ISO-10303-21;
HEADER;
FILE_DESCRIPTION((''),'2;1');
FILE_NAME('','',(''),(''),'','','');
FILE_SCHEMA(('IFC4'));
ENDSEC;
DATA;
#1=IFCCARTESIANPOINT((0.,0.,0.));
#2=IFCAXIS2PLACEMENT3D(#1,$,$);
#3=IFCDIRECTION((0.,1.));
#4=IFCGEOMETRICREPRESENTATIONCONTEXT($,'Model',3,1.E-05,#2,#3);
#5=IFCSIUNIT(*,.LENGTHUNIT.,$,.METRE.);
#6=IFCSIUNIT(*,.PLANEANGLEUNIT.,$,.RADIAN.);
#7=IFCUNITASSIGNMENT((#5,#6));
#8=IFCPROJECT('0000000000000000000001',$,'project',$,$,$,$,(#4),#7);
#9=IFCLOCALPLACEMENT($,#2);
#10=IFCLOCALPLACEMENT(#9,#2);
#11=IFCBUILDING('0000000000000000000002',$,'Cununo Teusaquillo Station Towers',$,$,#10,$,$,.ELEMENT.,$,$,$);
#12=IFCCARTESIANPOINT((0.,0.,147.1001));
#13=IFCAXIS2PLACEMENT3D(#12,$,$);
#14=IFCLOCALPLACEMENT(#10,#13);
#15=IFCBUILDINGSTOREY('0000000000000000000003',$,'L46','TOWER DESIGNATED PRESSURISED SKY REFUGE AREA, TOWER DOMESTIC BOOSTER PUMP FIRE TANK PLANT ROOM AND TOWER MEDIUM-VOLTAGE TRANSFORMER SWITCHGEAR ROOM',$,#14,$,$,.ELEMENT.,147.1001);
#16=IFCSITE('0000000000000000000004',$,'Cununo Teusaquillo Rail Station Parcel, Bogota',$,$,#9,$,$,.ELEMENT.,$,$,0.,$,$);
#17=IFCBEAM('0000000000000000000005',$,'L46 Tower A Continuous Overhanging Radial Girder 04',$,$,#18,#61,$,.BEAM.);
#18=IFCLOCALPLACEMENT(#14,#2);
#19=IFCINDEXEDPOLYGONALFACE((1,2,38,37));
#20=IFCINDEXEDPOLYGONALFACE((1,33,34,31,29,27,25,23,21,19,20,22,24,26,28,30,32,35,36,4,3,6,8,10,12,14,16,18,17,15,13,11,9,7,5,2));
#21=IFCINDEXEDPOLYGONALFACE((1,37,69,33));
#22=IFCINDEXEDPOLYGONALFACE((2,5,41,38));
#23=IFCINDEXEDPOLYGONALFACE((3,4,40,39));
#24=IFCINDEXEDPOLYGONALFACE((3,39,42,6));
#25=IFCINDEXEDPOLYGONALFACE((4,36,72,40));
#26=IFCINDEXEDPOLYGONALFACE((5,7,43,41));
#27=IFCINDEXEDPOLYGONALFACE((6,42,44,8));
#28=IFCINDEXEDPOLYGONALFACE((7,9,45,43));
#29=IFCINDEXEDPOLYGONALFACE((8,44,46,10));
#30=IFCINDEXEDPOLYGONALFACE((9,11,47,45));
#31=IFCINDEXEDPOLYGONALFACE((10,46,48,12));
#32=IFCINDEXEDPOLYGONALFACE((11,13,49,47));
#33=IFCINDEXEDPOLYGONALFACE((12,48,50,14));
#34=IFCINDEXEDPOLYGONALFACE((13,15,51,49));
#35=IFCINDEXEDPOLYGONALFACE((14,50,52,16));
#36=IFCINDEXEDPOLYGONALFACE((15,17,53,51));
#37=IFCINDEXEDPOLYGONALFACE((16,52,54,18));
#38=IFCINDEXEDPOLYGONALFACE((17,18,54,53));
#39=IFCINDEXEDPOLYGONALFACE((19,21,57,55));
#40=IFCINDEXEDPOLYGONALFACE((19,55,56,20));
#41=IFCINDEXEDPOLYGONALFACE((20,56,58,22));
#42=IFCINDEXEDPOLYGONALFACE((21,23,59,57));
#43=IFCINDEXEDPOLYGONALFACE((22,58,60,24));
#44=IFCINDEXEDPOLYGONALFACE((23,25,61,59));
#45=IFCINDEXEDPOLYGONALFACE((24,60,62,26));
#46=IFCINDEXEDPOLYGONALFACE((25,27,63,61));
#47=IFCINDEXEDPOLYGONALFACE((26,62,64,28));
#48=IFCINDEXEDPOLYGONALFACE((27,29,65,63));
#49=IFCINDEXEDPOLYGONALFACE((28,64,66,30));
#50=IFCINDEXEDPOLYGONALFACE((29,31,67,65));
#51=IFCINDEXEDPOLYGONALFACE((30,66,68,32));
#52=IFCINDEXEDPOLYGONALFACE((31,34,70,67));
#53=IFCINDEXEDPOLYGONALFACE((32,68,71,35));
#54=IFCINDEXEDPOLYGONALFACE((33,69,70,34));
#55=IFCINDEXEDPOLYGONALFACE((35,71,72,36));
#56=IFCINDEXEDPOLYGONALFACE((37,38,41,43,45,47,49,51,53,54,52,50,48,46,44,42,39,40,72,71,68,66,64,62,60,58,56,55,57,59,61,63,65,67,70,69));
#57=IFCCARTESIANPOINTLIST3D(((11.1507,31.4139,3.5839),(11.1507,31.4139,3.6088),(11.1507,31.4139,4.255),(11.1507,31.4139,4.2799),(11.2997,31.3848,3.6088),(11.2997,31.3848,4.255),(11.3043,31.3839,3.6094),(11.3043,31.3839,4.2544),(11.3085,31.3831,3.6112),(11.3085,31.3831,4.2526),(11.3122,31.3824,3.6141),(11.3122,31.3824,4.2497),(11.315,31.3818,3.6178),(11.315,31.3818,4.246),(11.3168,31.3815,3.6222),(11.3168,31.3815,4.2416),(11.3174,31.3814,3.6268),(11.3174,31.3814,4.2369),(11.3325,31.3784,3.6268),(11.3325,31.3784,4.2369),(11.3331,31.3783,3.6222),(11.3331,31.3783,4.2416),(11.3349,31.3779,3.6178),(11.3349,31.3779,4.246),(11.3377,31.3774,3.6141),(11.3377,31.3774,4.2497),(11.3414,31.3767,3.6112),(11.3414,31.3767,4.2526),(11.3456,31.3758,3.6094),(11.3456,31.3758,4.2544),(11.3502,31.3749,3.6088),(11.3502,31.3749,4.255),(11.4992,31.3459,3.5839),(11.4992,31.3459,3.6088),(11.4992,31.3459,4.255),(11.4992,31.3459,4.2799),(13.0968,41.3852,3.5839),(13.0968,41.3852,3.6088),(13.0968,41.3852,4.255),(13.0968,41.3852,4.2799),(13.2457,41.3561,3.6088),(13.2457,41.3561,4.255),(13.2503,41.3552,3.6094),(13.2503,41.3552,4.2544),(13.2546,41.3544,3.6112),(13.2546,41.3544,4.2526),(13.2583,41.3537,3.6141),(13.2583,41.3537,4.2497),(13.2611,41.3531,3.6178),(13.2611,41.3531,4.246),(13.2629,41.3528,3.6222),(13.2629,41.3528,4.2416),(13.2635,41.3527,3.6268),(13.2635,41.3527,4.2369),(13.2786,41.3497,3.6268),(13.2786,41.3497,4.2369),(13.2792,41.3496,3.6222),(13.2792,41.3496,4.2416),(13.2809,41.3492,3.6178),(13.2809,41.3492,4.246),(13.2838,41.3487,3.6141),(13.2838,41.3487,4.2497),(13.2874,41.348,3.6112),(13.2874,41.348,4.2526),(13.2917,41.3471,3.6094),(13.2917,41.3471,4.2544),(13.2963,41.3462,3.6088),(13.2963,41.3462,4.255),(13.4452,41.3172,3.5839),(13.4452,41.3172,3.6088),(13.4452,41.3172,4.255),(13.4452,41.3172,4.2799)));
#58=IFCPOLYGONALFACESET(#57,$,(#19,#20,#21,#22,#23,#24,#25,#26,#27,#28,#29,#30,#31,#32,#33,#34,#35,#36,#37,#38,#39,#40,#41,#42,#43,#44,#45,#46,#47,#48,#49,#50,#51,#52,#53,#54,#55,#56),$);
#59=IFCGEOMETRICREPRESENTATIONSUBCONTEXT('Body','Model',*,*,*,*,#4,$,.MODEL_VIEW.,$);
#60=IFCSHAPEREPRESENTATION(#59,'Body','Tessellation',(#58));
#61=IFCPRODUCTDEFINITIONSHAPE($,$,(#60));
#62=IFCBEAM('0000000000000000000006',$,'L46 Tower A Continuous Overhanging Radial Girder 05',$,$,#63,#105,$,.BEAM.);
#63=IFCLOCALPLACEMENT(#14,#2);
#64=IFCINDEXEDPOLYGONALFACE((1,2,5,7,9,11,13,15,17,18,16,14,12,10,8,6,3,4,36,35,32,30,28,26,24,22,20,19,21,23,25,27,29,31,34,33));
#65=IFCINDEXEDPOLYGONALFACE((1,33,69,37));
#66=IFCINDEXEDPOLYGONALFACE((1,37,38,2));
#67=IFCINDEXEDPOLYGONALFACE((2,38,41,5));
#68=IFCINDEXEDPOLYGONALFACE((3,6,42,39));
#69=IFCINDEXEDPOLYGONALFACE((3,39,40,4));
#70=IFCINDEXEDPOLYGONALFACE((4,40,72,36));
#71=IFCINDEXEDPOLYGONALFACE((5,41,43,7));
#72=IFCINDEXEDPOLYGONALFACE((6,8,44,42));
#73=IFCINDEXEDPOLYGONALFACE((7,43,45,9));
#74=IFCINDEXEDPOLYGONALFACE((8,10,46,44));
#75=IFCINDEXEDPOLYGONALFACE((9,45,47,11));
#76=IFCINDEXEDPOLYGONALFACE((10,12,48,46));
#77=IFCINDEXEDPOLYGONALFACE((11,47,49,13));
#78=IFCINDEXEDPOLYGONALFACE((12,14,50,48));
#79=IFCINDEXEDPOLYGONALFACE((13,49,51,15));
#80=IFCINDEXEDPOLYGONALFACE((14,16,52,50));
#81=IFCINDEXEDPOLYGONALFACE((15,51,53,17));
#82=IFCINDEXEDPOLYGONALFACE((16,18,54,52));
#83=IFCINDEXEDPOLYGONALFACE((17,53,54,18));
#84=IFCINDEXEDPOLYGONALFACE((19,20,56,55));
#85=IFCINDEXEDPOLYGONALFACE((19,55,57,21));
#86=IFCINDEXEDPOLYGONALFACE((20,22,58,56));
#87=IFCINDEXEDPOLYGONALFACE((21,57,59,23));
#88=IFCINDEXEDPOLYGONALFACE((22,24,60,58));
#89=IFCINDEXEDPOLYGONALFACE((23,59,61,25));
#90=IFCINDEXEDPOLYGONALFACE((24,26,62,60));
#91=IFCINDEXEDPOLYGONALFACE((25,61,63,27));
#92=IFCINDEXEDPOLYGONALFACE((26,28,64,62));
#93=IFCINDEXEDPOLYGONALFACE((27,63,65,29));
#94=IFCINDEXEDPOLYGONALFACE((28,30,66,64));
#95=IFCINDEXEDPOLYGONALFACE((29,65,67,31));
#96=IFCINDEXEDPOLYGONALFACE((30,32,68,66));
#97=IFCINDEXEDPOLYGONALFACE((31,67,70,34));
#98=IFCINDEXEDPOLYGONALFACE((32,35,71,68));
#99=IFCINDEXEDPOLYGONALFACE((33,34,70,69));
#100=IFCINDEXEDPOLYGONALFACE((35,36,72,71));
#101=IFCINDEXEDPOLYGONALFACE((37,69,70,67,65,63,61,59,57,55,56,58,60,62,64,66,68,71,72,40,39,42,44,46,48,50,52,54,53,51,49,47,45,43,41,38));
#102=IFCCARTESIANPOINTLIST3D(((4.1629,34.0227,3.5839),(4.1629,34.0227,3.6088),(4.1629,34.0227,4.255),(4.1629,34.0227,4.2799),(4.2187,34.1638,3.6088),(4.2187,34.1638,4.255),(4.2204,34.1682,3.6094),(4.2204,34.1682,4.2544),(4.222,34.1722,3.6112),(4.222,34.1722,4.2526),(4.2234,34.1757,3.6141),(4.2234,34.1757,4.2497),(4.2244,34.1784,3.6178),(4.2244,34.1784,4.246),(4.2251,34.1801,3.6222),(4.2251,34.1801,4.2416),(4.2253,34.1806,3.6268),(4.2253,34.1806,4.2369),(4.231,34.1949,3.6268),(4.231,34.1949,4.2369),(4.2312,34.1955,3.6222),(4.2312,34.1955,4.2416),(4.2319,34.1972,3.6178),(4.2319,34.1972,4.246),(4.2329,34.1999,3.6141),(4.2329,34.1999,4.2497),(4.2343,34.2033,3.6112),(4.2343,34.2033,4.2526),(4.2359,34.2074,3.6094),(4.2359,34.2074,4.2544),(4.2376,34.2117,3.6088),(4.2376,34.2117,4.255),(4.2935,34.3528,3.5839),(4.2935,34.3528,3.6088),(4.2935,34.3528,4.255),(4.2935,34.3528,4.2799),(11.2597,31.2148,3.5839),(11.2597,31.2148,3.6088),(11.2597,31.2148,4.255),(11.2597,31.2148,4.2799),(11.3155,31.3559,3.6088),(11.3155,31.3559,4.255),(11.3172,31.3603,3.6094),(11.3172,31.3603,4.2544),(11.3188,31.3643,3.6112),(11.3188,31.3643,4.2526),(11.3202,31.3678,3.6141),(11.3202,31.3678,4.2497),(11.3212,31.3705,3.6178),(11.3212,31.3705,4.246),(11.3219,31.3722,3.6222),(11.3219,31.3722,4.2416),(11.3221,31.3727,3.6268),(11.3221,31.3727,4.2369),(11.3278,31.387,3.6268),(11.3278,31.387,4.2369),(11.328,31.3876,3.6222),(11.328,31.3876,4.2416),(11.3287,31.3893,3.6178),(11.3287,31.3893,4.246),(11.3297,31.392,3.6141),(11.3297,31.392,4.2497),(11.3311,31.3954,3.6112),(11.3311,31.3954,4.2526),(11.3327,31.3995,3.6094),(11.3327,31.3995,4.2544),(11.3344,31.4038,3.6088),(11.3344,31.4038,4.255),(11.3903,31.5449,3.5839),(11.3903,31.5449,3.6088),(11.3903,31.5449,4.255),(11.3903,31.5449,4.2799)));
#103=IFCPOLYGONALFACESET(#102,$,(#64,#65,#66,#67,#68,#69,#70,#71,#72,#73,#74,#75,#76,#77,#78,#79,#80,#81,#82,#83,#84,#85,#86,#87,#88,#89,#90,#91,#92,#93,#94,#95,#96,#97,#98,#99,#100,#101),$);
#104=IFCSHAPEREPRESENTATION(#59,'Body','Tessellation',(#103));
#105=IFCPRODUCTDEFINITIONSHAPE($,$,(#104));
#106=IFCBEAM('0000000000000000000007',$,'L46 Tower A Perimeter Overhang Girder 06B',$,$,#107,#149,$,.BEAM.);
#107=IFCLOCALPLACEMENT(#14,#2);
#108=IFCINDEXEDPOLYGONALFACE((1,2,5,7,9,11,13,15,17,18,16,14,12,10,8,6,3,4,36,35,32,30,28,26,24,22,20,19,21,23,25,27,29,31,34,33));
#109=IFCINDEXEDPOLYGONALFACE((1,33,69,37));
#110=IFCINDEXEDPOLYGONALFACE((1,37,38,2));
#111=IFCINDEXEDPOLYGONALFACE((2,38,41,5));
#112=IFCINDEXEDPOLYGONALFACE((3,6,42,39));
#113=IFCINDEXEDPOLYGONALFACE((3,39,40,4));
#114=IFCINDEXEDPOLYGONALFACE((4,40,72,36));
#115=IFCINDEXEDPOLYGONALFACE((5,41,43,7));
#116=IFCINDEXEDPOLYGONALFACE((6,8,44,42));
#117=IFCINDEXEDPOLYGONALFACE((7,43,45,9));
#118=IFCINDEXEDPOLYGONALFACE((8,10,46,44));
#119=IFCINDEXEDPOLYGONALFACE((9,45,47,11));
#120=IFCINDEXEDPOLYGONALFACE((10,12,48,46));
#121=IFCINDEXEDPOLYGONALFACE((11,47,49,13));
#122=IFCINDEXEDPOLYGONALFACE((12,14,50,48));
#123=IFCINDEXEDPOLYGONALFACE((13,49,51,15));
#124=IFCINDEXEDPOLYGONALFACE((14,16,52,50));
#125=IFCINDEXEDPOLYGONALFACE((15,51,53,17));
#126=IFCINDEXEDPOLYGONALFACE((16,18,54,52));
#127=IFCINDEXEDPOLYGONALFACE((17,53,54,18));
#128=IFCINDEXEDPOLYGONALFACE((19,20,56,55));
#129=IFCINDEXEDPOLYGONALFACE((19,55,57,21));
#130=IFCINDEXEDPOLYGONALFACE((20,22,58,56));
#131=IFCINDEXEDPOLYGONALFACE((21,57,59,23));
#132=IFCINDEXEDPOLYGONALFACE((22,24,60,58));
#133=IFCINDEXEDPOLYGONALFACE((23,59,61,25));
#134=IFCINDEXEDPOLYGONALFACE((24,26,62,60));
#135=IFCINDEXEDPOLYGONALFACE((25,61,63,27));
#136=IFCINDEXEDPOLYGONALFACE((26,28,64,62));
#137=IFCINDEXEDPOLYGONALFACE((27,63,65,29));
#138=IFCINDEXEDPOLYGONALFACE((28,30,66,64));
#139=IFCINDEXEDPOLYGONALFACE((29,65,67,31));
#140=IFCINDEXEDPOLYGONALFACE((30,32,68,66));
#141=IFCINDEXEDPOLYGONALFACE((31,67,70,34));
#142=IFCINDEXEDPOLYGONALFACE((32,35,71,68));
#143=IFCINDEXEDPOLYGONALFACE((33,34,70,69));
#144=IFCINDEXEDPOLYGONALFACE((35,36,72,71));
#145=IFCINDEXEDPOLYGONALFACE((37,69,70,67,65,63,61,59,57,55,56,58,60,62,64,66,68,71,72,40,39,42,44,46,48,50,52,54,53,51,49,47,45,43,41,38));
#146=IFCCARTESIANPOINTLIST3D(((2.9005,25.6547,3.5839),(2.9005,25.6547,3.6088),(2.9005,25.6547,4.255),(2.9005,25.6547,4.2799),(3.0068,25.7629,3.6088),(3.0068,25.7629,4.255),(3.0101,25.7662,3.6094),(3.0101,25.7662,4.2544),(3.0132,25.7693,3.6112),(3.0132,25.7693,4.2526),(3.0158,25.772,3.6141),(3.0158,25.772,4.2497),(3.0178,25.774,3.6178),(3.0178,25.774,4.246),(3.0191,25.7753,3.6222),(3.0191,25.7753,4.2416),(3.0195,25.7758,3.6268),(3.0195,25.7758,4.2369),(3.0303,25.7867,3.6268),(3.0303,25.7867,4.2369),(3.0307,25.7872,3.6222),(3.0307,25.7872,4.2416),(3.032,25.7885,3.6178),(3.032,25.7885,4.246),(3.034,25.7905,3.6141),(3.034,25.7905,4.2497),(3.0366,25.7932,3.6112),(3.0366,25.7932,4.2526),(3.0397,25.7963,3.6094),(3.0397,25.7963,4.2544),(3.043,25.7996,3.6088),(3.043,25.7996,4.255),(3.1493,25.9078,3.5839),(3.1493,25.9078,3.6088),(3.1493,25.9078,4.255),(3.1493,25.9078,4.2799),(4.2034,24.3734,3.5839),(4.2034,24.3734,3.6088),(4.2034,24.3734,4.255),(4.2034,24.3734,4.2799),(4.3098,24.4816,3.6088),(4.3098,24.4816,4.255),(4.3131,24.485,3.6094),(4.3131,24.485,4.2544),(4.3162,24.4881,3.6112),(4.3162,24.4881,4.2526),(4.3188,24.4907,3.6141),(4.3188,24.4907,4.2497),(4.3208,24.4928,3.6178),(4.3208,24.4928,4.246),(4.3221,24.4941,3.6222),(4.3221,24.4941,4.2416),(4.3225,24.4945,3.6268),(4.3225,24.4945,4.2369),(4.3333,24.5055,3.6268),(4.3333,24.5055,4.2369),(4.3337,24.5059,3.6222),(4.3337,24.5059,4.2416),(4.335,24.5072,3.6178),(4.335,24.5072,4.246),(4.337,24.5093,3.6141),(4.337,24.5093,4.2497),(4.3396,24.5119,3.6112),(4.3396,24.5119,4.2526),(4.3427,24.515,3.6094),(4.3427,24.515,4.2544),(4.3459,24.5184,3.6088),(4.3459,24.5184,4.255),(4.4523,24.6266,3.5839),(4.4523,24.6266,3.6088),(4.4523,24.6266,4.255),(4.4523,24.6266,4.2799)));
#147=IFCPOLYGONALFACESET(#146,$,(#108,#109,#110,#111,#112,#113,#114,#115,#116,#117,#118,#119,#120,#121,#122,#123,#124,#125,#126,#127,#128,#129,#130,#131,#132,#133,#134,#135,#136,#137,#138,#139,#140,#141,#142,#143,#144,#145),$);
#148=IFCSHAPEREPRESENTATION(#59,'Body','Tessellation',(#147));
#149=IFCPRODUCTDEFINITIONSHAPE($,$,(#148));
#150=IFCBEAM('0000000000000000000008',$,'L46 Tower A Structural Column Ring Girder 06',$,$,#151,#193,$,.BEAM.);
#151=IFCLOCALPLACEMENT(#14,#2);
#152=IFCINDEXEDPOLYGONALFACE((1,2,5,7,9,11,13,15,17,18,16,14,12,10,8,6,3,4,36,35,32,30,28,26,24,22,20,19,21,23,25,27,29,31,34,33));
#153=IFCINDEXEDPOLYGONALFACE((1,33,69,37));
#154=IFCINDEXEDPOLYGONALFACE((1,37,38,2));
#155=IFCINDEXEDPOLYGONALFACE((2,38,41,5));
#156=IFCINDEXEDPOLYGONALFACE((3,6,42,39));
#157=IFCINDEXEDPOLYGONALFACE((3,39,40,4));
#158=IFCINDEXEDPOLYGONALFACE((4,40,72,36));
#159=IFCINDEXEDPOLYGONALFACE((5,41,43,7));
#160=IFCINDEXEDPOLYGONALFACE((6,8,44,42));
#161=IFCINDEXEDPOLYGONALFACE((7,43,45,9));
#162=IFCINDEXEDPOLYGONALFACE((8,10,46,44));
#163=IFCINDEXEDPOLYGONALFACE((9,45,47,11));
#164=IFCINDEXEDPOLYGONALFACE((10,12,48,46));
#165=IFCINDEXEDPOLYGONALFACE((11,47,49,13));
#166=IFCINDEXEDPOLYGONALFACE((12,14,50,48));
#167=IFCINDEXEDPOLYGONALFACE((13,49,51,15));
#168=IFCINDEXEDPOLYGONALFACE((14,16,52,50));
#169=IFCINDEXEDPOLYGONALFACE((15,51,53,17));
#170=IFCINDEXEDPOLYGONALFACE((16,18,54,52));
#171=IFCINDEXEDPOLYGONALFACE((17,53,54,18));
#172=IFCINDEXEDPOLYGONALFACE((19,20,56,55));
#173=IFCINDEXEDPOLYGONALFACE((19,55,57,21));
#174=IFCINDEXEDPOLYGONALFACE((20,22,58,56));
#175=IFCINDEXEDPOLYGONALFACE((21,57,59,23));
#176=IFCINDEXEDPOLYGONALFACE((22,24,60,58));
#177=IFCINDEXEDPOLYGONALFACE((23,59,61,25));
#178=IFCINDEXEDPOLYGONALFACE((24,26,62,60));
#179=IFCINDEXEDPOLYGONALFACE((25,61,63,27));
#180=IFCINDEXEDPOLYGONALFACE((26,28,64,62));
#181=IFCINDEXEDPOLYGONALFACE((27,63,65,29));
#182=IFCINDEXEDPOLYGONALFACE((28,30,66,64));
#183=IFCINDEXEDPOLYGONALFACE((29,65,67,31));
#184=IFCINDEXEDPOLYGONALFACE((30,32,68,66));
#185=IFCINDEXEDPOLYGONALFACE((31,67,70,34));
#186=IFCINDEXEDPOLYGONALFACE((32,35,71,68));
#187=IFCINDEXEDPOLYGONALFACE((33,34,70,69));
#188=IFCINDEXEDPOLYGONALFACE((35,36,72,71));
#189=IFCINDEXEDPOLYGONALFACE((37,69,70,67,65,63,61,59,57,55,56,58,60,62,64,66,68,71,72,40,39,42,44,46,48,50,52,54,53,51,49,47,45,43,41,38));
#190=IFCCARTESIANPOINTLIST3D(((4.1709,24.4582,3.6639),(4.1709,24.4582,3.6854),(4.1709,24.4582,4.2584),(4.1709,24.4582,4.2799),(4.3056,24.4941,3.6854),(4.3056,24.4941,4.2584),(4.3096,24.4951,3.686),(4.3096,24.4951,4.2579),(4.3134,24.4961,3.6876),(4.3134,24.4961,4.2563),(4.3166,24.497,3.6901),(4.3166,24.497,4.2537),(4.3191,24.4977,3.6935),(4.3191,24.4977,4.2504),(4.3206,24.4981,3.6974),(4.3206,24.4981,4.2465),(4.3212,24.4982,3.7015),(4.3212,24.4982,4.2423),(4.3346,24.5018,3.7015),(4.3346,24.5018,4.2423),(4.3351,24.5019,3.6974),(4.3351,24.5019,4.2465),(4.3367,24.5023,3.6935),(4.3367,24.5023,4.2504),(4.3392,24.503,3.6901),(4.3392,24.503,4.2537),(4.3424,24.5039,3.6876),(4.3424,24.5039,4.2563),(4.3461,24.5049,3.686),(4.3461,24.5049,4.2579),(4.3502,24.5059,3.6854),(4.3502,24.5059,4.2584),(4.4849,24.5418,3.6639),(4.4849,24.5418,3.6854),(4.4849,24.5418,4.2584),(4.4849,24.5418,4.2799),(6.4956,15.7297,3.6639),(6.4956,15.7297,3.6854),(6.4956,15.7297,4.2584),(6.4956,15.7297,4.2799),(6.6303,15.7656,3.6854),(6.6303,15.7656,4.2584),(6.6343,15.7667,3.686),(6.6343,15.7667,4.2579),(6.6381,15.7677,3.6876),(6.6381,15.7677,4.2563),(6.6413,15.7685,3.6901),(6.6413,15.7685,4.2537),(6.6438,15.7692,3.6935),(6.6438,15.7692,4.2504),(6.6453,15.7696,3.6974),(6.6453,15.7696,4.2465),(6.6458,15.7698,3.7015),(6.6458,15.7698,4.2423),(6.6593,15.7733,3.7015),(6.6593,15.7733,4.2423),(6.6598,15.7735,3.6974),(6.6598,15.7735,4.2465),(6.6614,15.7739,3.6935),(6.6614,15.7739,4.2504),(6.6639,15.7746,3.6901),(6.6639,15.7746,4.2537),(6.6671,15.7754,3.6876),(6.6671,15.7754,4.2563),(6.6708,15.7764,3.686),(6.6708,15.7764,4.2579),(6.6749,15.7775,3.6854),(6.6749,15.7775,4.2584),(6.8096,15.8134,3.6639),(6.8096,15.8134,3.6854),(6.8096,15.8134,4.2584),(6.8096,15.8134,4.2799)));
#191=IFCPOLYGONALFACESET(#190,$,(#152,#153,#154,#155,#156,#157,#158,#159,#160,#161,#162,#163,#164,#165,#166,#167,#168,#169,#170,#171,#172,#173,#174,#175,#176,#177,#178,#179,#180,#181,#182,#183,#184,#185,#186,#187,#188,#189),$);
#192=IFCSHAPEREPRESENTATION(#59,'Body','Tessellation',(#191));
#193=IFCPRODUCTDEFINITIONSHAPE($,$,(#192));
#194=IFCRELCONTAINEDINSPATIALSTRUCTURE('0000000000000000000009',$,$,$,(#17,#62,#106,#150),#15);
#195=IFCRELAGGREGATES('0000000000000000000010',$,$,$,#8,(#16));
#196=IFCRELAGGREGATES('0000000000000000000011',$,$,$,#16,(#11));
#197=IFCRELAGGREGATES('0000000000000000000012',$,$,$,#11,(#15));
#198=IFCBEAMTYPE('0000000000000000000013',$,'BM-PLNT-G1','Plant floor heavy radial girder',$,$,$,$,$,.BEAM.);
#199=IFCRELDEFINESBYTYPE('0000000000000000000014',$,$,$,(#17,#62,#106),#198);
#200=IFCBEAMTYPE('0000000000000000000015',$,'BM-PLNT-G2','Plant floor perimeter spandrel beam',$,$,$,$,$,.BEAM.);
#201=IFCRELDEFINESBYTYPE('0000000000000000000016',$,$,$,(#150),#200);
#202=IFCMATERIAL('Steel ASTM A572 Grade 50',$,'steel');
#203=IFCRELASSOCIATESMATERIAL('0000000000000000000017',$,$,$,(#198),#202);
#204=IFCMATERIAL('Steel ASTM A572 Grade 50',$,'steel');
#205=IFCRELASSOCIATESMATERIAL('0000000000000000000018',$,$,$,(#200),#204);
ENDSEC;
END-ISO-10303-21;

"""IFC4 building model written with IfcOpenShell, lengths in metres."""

from ifc_helpers import new_model, si_unit, direction, frame, origin, origin_2d, place, context, subcontext, project, spatial, i_section, extrude, material, material_profile, profile_set, type_object, element, save


model = new_model("IFC4")

# Units and contexts
model_context = context("Model", 3, precision=1e-05, world=origin(), true_north=direction((0.0, 1.0)))
body_context = subcontext(model_context, "Body", "Model", "MODEL_VIEW")
ifc_project = project(units=[si_unit("LENGTHUNIT", "METRE"), si_unit("PLANEANGLEUNIT", "RADIAN")], contexts=[model_context])

# Site, building, storey
site_placement = place(None, origin())
site = spatial("IfcSite", under=ifc_project, at=site_placement, Name="Cununo Teusaquillo Rail Station Parcel, Bogota", CompositionType="ELEMENT", RefElevation=0.0)
building_placement = place(site_placement, origin())
building = spatial("IfcBuilding", under=site, at=building_placement, Name="Cununo Teusaquillo Station Towers", CompositionType="ELEMENT")
storey_placement = place(building_placement, frame((0.0, 0.0, 147.1001)))
storey = spatial("IfcBuildingStorey", under=building, at=storey_placement, Name="L46", Description="TOWER DESIGNATED PRESSURISED SKY REFUGE AREA, TOWER DOMESTIC BOOSTER PUMP FIRE TANK PLANT ROOM AND TOWER MEDIUM-VOLTAGE TRANSFORMER SWITCHGEAR ROOM", CompositionType="ELEMENT", Elevation=147.1001)

# Beams
ifc_material_1 = material(Name="Steel ASTM A572 Grade 50", Category="steel")
ifc_material_profile_1 = material_profile(ifc_material_1, i_section(OverallWidth=0.355, OverallDepth=0.696, WebThickness=0.0154, FlangeThickness=0.0249, FilletRadius=0.0181, at=origin_2d()), Name="W27X146")
ifc_profile_set_1 = profile_set([ifc_material_profile_1], Name="Steel ASTM A572 Grade 50")
beam_type_1 = type_object("IfcBeamType", Name="BM-PLNT-G1", Description="Plant floor heavy radial girder", PredefinedType="BEAM", material=ifc_profile_set_1)
beam_1_placement = place(storey_placement, frame((11.325, 31.3799, 3.9319), z_axis=(0.191553, 0.981482, 0.0), x_axis=(-0.981482, 0.191553, 0.0)))
element("IfcBeam", 1, at=beam_1_placement, inside=storey, type_object=beam_type_1, Name="L46 Tower A Continuous Overhanging Radial Girder 04", PredefinedType="BEAM", context=body_context, shape_type="SweptSolid", body=[
    extrude(i_section(OverallWidth=0.355, OverallDepth=0.696, WebThickness=0.0154, FlangeThickness=0.0249, FilletRadius=0.0181, at=origin_2d()), origin(), (0.0, 0.0, 1.0), 10.1594),
])
beam_2_placement = place(storey_placement, frame((11.325, 31.3799, 3.9319), z_axis=(-0.929862, 0.367908, 0.0), x_axis=(-0.367908, -0.929862, 0.0)))
element("IfcBeam", 2, at=beam_2_placement, inside=storey, type_object=beam_type_1, Name="L46 Tower A Continuous Overhanging Radial Girder 05", PredefinedType="BEAM", context=body_context, shape_type="SweptSolid", body=[
    extrude(i_section(OverallWidth=0.355, OverallDepth=0.696, WebThickness=0.0154, FlangeThickness=0.0249, FilletRadius=0.0181, at=origin_2d()), origin(), (0.0, 0.0, 1.0), 7.6321),
])
beam_3_placement = place(storey_placement, frame((4.3279, 24.5, 3.9319), z_axis=(-0.713027, 0.701137, 0.0), x_axis=(-0.701137, -0.713027, 0.0)))
element("IfcBeam", 3, at=beam_3_placement, inside=storey, type_object=beam_type_1, Name="L46 Tower A Perimeter Overhang Girder 06B", PredefinedType="BEAM", context=body_context, shape_type="SweptSolid", body=[
    extrude(i_section(OverallWidth=0.355, OverallDepth=0.696, WebThickness=0.0154, FlangeThickness=0.0249, FilletRadius=0.0181, at=origin_2d()), origin(), (0.0, 0.0, 1.0), 1.8274),
])
ifc_material_2 = material(Name="Steel ASTM A572 Grade 50", Category="steel")
ifc_material_profile_2 = material_profile(ifc_material_2, i_section(OverallWidth=0.325, OverallDepth=0.616, WebThickness=0.0139, FlangeThickness=0.0215, FilletRadius=0.0161, at=origin_2d()), Name="W24X117")
ifc_profile_set_2 = profile_set([ifc_material_profile_2], Name="Steel ASTM A572 Grade 50")
beam_type_2 = type_object("IfcBeamType", Name="BM-PLNT-G2", Description="Plant floor perimeter spandrel beam", PredefinedType="BEAM", material=ifc_profile_set_2)
beam_4_placement = place(storey_placement, frame((4.3279, 24.5, 3.9719), z_axis=(0.257363, -0.966315, 0.0), x_axis=(0.966315, 0.257363, 0.0)))
element("IfcBeam", 4, at=beam_4_placement, inside=storey, type_object=beam_type_2, Name="L46 Tower A Structural Column Ring Girder 06", PredefinedType="BEAM", context=body_context, shape_type="SweptSolid", body=[
    extrude(i_section(OverallWidth=0.325, OverallDepth=0.616, WebThickness=0.0139, FlangeThickness=0.0215, FilletRadius=0.0161, at=origin_2d()), origin(), (0.0, 0.0, 1.0), 9.0327),
])

save(model, "model.ifc")
